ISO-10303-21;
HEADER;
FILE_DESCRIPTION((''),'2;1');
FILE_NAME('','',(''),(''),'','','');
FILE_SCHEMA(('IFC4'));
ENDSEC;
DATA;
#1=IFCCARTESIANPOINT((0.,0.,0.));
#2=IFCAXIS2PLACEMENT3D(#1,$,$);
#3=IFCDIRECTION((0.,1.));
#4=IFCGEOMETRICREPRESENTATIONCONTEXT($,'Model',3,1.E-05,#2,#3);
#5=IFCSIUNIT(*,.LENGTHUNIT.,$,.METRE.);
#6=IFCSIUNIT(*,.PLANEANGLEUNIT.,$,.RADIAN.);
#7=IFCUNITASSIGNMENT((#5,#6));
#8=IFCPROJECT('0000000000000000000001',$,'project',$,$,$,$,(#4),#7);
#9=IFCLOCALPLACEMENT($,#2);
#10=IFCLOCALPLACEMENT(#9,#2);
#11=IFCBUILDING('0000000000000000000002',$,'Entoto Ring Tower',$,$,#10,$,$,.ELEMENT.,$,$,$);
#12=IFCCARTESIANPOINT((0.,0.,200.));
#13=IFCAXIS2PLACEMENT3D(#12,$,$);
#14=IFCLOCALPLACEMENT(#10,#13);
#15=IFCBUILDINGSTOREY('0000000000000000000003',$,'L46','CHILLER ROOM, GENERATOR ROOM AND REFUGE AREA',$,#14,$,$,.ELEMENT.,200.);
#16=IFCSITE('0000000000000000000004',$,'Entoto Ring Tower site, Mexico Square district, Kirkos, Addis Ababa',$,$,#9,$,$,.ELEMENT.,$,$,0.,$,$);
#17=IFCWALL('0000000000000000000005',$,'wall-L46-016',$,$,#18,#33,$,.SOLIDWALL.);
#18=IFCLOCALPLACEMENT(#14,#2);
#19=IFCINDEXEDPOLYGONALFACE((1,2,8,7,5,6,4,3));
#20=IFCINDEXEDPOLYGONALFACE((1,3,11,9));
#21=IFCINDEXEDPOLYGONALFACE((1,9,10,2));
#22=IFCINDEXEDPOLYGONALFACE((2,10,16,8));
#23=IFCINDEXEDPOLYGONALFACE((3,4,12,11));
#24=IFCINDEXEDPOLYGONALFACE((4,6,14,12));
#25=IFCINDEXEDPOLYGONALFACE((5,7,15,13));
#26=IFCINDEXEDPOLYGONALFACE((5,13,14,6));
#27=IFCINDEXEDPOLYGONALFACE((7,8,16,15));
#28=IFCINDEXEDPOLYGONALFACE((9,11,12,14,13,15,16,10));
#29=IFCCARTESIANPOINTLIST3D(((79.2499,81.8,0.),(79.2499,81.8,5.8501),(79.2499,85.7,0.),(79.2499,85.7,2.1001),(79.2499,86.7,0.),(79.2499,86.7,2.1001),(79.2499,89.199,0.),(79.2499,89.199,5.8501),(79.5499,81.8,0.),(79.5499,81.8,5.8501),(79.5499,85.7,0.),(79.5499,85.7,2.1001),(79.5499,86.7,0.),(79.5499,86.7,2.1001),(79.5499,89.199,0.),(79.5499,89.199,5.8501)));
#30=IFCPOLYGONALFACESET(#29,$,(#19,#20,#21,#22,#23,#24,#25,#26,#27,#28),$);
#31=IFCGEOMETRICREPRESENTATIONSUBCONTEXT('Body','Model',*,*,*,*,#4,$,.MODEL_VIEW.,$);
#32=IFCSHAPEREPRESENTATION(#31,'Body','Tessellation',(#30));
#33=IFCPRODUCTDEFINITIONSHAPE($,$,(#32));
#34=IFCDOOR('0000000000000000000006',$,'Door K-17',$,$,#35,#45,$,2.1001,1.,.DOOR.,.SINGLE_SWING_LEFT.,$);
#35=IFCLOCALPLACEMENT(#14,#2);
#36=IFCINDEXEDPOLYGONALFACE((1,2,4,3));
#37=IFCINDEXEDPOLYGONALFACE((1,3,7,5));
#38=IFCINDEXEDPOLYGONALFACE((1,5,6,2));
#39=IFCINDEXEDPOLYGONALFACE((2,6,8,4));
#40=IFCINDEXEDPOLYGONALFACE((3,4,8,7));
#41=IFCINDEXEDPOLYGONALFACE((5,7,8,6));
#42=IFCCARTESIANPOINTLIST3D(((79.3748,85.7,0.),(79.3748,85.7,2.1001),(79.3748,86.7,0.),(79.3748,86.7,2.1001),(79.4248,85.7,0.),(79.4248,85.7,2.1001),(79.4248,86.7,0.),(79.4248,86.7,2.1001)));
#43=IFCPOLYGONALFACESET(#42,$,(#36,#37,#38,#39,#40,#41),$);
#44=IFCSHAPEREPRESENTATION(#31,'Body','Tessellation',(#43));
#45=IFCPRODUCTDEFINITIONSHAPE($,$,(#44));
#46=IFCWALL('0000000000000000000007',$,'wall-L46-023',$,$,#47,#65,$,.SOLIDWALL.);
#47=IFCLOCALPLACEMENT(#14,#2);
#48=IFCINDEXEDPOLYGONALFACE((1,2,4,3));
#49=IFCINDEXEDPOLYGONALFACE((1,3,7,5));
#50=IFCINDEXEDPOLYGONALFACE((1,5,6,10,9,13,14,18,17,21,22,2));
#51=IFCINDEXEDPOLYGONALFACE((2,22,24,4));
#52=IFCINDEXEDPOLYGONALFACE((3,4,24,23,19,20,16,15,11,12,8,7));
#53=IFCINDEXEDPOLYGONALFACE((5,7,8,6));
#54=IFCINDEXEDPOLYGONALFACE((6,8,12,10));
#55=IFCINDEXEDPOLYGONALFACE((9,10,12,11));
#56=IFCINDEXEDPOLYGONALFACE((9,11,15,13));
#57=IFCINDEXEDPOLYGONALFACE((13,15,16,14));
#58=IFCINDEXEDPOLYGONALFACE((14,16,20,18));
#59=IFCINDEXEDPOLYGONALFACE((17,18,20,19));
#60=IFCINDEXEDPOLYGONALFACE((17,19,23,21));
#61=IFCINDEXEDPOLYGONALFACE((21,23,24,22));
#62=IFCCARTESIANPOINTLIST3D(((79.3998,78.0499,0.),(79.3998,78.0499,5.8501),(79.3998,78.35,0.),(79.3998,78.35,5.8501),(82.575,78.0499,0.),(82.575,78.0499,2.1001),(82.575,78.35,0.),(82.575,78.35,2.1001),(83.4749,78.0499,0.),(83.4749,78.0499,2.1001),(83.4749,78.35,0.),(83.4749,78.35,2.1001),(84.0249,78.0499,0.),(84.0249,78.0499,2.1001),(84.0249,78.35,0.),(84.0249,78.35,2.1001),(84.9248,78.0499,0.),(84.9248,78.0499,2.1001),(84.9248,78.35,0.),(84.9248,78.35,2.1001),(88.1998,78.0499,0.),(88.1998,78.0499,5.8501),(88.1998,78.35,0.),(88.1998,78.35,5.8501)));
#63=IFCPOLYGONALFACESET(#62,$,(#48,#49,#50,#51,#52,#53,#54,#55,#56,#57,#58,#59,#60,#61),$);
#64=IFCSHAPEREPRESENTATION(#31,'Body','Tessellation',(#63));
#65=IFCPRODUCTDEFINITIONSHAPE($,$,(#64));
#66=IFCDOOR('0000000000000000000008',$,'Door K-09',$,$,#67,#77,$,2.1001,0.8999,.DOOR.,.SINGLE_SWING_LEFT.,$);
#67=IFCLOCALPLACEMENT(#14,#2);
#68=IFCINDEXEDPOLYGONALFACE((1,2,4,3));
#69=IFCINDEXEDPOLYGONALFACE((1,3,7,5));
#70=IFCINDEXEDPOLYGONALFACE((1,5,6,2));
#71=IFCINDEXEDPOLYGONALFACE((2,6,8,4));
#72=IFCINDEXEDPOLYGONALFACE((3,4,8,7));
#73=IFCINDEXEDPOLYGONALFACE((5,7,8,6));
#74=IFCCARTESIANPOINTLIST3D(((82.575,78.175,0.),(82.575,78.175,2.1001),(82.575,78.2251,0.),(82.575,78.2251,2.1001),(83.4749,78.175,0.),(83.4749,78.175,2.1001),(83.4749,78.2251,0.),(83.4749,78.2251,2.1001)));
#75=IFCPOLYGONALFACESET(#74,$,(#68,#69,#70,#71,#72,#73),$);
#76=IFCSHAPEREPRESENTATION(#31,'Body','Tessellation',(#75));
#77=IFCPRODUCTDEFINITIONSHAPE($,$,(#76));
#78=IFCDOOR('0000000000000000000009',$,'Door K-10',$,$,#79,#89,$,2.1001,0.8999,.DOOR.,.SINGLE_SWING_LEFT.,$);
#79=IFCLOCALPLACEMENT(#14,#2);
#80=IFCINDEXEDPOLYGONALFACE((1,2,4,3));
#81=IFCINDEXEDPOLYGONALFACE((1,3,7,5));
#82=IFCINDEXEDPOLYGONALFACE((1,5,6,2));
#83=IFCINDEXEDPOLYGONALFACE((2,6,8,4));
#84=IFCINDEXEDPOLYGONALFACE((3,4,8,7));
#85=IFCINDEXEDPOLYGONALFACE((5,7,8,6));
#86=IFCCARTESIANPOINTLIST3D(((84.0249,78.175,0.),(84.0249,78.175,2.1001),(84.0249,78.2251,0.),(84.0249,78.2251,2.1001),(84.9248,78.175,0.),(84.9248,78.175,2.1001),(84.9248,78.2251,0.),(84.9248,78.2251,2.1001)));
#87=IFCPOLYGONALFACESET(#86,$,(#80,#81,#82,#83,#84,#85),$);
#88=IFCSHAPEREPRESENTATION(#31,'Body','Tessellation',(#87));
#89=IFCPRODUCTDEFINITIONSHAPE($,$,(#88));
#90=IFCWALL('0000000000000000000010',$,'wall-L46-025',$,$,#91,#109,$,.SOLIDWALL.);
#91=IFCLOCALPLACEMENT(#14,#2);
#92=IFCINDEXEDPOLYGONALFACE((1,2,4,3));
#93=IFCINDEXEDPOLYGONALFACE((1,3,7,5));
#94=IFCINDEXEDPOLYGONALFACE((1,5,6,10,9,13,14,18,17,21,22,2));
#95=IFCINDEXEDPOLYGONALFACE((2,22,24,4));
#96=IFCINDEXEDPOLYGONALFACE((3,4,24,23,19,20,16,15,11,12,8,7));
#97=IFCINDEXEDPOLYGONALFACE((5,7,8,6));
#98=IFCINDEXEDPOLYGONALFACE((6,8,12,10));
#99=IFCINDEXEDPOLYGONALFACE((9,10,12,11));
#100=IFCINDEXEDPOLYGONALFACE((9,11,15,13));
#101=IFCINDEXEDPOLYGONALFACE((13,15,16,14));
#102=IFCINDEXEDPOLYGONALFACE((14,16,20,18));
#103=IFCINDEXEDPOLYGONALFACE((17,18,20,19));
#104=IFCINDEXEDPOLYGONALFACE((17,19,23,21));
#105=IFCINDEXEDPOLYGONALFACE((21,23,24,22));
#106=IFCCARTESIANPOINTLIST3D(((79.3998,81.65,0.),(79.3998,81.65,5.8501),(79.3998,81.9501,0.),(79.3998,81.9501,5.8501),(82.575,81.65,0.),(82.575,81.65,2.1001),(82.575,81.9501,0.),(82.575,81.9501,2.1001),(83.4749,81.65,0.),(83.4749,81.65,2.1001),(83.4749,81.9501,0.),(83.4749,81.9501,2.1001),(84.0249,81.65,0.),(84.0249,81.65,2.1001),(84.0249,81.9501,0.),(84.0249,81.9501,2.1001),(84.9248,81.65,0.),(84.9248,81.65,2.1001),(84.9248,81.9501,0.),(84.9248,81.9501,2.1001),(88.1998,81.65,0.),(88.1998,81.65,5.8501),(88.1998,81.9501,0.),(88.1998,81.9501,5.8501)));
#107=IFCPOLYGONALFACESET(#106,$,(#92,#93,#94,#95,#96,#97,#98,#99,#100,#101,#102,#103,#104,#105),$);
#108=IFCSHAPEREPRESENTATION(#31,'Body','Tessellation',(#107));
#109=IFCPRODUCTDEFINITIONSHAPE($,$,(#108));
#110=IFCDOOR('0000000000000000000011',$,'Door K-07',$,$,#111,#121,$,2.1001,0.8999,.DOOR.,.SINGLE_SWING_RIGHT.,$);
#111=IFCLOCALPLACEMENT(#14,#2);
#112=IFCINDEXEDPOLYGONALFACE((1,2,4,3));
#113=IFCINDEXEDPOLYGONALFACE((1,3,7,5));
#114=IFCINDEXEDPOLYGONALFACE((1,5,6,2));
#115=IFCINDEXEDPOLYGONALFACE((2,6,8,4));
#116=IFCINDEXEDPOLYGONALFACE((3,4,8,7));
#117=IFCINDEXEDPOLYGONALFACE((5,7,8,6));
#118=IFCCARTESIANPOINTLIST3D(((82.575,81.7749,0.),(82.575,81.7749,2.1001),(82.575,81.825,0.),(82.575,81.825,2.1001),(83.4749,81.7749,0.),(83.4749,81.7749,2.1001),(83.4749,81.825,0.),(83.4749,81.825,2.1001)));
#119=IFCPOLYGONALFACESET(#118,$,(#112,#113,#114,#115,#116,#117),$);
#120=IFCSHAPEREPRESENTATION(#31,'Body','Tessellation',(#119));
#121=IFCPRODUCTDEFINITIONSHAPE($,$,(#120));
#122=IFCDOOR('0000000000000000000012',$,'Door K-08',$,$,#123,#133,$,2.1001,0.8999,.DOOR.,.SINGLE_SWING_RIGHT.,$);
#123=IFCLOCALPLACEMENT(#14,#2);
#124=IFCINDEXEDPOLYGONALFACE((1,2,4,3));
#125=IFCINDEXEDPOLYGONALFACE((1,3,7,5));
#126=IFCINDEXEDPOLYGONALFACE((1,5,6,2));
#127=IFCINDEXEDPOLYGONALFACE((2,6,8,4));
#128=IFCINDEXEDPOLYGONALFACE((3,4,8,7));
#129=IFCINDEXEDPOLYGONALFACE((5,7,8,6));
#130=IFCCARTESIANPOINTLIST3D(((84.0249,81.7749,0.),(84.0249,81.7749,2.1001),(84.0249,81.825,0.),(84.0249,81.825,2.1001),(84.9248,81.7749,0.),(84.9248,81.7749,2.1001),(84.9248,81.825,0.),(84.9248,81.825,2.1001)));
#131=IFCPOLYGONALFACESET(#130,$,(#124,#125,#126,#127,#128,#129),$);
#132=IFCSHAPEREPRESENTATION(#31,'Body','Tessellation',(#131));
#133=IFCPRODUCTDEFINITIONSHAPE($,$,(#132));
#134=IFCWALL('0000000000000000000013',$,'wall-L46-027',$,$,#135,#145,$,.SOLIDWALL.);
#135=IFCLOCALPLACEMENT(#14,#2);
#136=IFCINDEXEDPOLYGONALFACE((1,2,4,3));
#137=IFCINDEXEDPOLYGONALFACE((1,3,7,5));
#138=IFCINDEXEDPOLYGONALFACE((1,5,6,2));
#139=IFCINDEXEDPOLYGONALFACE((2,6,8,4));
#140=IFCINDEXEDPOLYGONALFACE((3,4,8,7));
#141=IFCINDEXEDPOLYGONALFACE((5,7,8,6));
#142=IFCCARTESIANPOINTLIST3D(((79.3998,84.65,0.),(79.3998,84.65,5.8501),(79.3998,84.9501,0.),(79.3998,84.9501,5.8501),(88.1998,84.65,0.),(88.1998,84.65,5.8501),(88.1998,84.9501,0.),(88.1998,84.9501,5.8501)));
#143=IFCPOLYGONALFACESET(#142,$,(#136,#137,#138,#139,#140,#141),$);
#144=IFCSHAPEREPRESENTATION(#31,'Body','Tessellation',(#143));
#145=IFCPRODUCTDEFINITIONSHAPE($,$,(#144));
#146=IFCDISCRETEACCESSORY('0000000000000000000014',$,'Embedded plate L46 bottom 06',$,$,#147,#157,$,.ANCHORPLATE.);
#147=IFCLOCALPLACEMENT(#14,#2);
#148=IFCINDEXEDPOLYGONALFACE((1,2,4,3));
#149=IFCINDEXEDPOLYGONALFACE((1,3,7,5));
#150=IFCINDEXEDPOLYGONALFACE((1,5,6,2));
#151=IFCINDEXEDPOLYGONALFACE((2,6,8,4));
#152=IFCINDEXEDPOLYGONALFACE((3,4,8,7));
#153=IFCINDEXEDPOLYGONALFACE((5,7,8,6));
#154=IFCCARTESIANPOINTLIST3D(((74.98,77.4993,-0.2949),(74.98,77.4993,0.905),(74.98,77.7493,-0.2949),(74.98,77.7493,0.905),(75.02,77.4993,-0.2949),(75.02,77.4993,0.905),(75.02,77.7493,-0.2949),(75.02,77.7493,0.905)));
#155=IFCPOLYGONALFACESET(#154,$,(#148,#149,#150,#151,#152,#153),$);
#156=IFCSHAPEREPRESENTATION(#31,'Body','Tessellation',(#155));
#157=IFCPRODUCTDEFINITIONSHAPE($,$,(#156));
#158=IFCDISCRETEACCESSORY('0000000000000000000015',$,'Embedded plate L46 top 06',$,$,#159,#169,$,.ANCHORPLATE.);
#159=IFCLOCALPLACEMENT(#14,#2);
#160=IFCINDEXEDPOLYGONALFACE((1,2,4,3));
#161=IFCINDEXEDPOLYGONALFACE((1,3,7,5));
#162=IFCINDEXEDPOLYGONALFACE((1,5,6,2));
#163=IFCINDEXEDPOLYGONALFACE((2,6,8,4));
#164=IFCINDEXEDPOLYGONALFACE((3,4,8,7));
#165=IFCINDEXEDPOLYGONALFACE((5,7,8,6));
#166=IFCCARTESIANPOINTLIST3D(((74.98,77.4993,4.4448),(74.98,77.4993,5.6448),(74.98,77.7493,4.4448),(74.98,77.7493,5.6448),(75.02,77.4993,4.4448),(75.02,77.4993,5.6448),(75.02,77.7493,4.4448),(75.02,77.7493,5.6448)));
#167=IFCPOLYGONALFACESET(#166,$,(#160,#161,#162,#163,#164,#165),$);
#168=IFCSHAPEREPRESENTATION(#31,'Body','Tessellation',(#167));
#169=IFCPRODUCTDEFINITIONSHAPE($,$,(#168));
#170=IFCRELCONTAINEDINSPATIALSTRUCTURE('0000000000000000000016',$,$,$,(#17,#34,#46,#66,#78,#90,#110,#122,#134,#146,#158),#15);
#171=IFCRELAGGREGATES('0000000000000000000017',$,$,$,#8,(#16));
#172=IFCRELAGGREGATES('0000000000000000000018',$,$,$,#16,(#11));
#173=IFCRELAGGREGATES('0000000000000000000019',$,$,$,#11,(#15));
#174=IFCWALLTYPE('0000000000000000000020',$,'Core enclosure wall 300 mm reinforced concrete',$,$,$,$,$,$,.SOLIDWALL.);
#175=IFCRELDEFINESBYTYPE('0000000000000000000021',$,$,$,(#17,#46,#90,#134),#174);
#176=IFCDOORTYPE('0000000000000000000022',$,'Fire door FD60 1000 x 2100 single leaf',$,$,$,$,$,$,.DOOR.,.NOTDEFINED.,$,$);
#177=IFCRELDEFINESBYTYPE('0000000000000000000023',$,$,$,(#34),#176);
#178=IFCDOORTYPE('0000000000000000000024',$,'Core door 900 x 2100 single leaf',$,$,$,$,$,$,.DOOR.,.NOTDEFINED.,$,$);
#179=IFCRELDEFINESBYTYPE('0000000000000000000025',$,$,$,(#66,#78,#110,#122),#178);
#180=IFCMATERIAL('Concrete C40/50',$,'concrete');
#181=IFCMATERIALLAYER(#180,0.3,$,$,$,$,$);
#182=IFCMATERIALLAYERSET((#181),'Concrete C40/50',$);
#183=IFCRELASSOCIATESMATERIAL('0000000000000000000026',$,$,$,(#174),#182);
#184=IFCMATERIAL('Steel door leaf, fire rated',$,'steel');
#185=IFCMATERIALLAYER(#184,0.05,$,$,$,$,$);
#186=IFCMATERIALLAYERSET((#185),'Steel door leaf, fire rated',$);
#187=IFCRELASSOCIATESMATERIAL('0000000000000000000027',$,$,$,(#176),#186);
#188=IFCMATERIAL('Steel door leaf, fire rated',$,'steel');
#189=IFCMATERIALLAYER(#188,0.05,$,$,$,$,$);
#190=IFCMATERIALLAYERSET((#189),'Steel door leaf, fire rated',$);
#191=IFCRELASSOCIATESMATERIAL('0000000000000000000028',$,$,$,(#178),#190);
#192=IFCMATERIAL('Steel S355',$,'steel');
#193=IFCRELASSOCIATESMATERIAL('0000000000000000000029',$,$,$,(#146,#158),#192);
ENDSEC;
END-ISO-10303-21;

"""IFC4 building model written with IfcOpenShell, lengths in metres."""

from ifc_helpers import new_model, si_unit, direction, frame, frame_2d, origin, origin_2d, place, context, subcontext, project, spatial, rectangle, extrude, material, layer, layer_set, type_object, element, fill, save


model = new_model("IFC4")

# Units and contexts
model_context = context("Model", 3, precision=1e-05, world=origin(), true_north=direction((0.0, 1.0)))
body_context = subcontext(model_context, "Body", "Model", "MODEL_VIEW")
ifc_project = project(units=[si_unit("LENGTHUNIT", "METRE"), si_unit("PLANEANGLEUNIT", "RADIAN")], contexts=[model_context])

# Site, building, storey
site_placement = place(None, origin())
site = spatial("IfcSite", under=ifc_project, at=site_placement, Name="Entoto Ring Tower site, Mexico Square district, Kirkos, Addis Ababa", CompositionType="ELEMENT", RefElevation=0.0)
building_placement = place(site_placement, origin())
building = spatial("IfcBuilding", under=site, at=building_placement, Name="Entoto Ring Tower", CompositionType="ELEMENT")
storey_placement = place(building_placement, frame((0.0, 0.0, 200.0)))
storey = spatial("IfcBuildingStorey", under=building, at=storey_placement, Name="L46", Description="CHILLER ROOM, GENERATOR ROOM AND REFUGE AREA", CompositionType="ELEMENT", Elevation=200.0)

# Shared definitions
ifc_material_1 = material(Name="Concrete C40/50", Category="concrete")
ifc_layer_1 = layer(ifc_material_1, 0.3)
ifc_layer_set_1 = layer_set([ifc_layer_1], Name="Concrete C40/50")
wall_type = type_object("IfcWallType", Name="Core enclosure wall 300 mm reinforced concrete", PredefinedType="SOLIDWALL", material=ifc_layer_set_1)

# Wall, opening, door
wall_1_placement = place(storey_placement, frame((79.3999, 81.8, 0.0), z_axis=(0.0, 0.0, 1.0), x_axis=(0.0, 1.0, 0.0)))
wall_1 = element("IfcWall", 1, at=wall_1_placement, inside=storey, type_object=wall_type, Name="wall-L46-016", PredefinedType="SOLIDWALL", context=body_context, shape_type="SweptSolid", body=[
    extrude(rectangle(XDim=7.3989, YDim=0.3, at=frame_2d((3.6995, 0.0))), origin(), (0.0, 0.0, 1.0), 5.8501),
])
opening_1_placement = place(wall_1_placement, frame((3.8999, 0.0, 0.0)))
opening_1 = element("IfcOpeningElement", 2, at=opening_1_placement, cuts=wall_1, PredefinedType="OPENING", context=body_context, shape_type="SweptSolid", body=[
    extrude(rectangle(XDim=1.0, YDim=2.1001, at=frame_2d((0.5, 1.05))), frame((0.0, 0.1602, 0.0), z_axis=(0.0, -1.0, 0.0), x_axis=(1.0, 0.0, 0.0)), (0.0, 0.0, 1.0), 0.3201),
])
ifc_material_2 = material(Name="Steel door leaf, fire rated", Category="steel")
ifc_layer_2 = layer(ifc_material_2, 0.05)
ifc_layer_set_2 = layer_set([ifc_layer_2], Name="Steel door leaf, fire rated")
door_type_1 = type_object("IfcDoorType", Name="Fire door FD60 1000 x 2100 single leaf", OperationType="NOTDEFINED", PredefinedType="DOOR", material=ifc_layer_set_2)
door_1_placement = place(opening_1_placement, frame((1.0, 0.0, 0.0), z_axis=(0.0, 0.0, 1.0), x_axis=(-1.0, 0.0, 0.0)))
door_1 = element("IfcDoor", 3, at=door_1_placement, inside=storey, type_object=door_type_1, Name="Door K-17", OperationType="SINGLE_SWING_LEFT", OverallHeight=2.1001, OverallWidth=1.0, PredefinedType="DOOR", context=body_context, shape_type="SweptSolid", body=[
    extrude(rectangle(XDim=1.0, YDim=2.1001, at=frame_2d((0.5, 1.05))), frame((0.0, 0.0249, 0.0), z_axis=(0.0, -1.0, 0.0), x_axis=(1.0, 0.0, 0.0)), (0.0, 0.0, 1.0), 0.05),
])
fill(opening_1, door_1)

# Walls, openings, doors
wall_2_placement = place(storey_placement, frame((79.3999, 78.2, 0.0), z_axis=(0.0, 0.0, 1.0), x_axis=(1.0, 0.0, 0.0)))
wall_2 = element("IfcWall", 4, at=wall_2_placement, inside=storey, type_object=wall_type, Name="wall-L46-023", PredefinedType="SOLIDWALL", context=body_context, shape_type="SweptSolid", body=[
    extrude(rectangle(XDim=8.8, YDim=0.3, at=frame_2d((4.3999, 0.0))), origin(), (0.0, 0.0, 1.0), 5.8501),
])
opening_2_placement = place(wall_2_placement, frame((3.175, 0.0, 0.0)))
opening_2 = element("IfcOpeningElement", 5, at=opening_2_placement, cuts=wall_2, PredefinedType="OPENING", context=body_context, shape_type="SweptSolid", body=[
    extrude(rectangle(XDim=0.8999, YDim=2.1001, at=frame_2d((0.45, 1.05))), frame((0.0, 0.1602, 0.0), z_axis=(0.0, -1.0, 0.0), x_axis=(1.0, 0.0, 0.0)), (0.0, 0.0, 1.0), 0.3201),
])
opening_3_placement = place(wall_2_placement, frame((4.625, 0.0, 0.0)))
opening_3 = element("IfcOpeningElement", 6, at=opening_3_placement, cuts=wall_2, PredefinedType="OPENING", context=body_context, shape_type="SweptSolid", body=[
    extrude(rectangle(XDim=0.8999, YDim=2.1001, at=frame_2d((0.45, 1.05))), frame((0.0, 0.1602, 0.0), z_axis=(0.0, -1.0, 0.0), x_axis=(1.0, 0.0, 0.0)), (0.0, 0.0, 1.0), 0.3201),
])
ifc_material_3 = material(Name="Steel door leaf, fire rated", Category="steel")
ifc_layer_3 = layer(ifc_material_3, 0.05)
ifc_layer_set_3 = layer_set([ifc_layer_3], Name="Steel door leaf, fire rated")
door_type_2 = type_object("IfcDoorType", Name="Core door 900 x 2100 single leaf", OperationType="NOTDEFINED", PredefinedType="DOOR", material=ifc_layer_set_3)
door_2_placement = place(opening_2_placement, frame((0.8999, 0.0, 0.0), z_axis=(0.0, 0.0, 1.0), x_axis=(-1.0, 0.0, 0.0)))
door_2 = element("IfcDoor", 7, at=door_2_placement, inside=storey, type_object=door_type_2, Name="Door K-09", OperationType="SINGLE_SWING_LEFT", OverallHeight=2.1001, OverallWidth=0.8999, PredefinedType="DOOR", context=body_context, shape_type="SweptSolid", body=[
    extrude(rectangle(XDim=0.8999, YDim=2.1001, at=frame_2d((0.45, 1.05))), frame((0.0, 0.0249, 0.0), z_axis=(0.0, -1.0, 0.0), x_axis=(1.0, 0.0, 0.0)), (0.0, 0.0, 1.0), 0.05),
])
fill(opening_2, door_2)
door_3_placement = place(opening_3_placement, frame((0.8999, 0.0, 0.0), z_axis=(0.0, 0.0, 1.0), x_axis=(-1.0, 0.0, 0.0)))
door_3 = element("IfcDoor", 8, at=door_3_placement, inside=storey, type_object=door_type_2, Name="Door K-10", OperationType="SINGLE_SWING_LEFT", OverallHeight=2.1001, OverallWidth=0.8999, PredefinedType="DOOR", context=body_context, shape_type="SweptSolid", body=[
    extrude(rectangle(XDim=0.8999, YDim=2.1001, at=frame_2d((0.45, 1.05))), frame((0.0, 0.0249, 0.0), z_axis=(0.0, -1.0, 0.0), x_axis=(1.0, 0.0, 0.0)), (0.0, 0.0, 1.0), 0.05),
])
fill(opening_3, door_3)
wall_3_placement = place(storey_placement, frame((79.3999, 81.8, 0.0), z_axis=(0.0, 0.0, 1.0), x_axis=(1.0, 0.0, 0.0)))
wall_3 = element("IfcWall", 9, at=wall_3_placement, inside=storey, type_object=wall_type, Name="wall-L46-025", PredefinedType="SOLIDWALL", context=body_context, shape_type="SweptSolid", body=[
    extrude(rectangle(XDim=8.8, YDim=0.3, at=frame_2d((4.3999, 0.0))), origin(), (0.0, 0.0, 1.0), 5.8501),
])
opening_4_placement = place(wall_3_placement, frame((3.175, 0.0, 0.0)))
opening_4 = element("IfcOpeningElement", 10, at=opening_4_placement, cuts=wall_3, PredefinedType="OPENING", context=body_context, shape_type="SweptSolid", body=[
    extrude(rectangle(XDim=0.8999, YDim=2.1001, at=frame_2d((0.45, 1.05))), frame((0.0, 0.1602, 0.0), z_axis=(0.0, -1.0, 0.0), x_axis=(1.0, 0.0, 0.0)), (0.0, 0.0, 1.0), 0.3201),
])
opening_5_placement = place(wall_3_placement, frame((4.625, 0.0, 0.0)))
opening_5 = element("IfcOpeningElement", 11, at=opening_5_placement, cuts=wall_3, PredefinedType="OPENING", context=body_context, shape_type="SweptSolid", body=[
    extrude(rectangle(XDim=0.8999, YDim=2.1001, at=frame_2d((0.45, 1.05))), frame((0.0, 0.1602, 0.0), z_axis=(0.0, -1.0, 0.0), x_axis=(1.0, 0.0, 0.0)), (0.0, 0.0, 1.0), 0.3201),
])
door_4_placement = place(opening_4_placement, origin())
door_4 = element("IfcDoor", 12, at=door_4_placement, inside=storey, type_object=door_type_2, Name="Door K-07", OperationType="SINGLE_SWING_RIGHT", OverallHeight=2.1001, OverallWidth=0.8999, PredefinedType="DOOR", context=body_context, shape_type="SweptSolid", body=[
    extrude(rectangle(XDim=0.8999, YDim=2.1001, at=frame_2d((0.45, 1.05))), frame((0.0, 0.0249, 0.0), z_axis=(0.0, -1.0, 0.0), x_axis=(1.0, 0.0, 0.0)), (0.0, 0.0, 1.0), 0.05),
])
fill(opening_4, door_4)
door_5_placement = place(opening_5_placement, origin())
door_5 = element("IfcDoor", 13, at=door_5_placement, inside=storey, type_object=door_type_2, Name="Door K-08", OperationType="SINGLE_SWING_RIGHT", OverallHeight=2.1001, OverallWidth=0.8999, PredefinedType="DOOR", context=body_context, shape_type="SweptSolid", body=[
    extrude(rectangle(XDim=0.8999, YDim=2.1001, at=frame_2d((0.45, 1.05))), frame((0.0, 0.0249, 0.0), z_axis=(0.0, -1.0, 0.0), x_axis=(1.0, 0.0, 0.0)), (0.0, 0.0, 1.0), 0.05),
])
fill(opening_5, door_5)

# Wall
wall_4_placement = place(storey_placement, frame((79.3999, 84.8, 0.0), z_axis=(0.0, 0.0, 1.0), x_axis=(1.0, 0.0, 0.0)))
element("IfcWall", 14, at=wall_4_placement, inside=storey, type_object=wall_type, Name="wall-L46-027", PredefinedType="SOLIDWALL", context=body_context, shape_type="SweptSolid", body=[
    extrude(rectangle(XDim=8.8, YDim=0.3, at=frame_2d((4.3999, 0.0))), origin(), (0.0, 0.0, 1.0), 5.8501),
])

# Discrete accessories
ifc_material_4 = material(Name="Steel S355", Category="steel")
for number, where, z_axis, x_axis, name in (
    (15, (75.0, 77.6243, -0.2949), (0.0, 0.0, 1.0), (-1.0, 0.0, 0.0), "Embedded plate L46 bottom 06"),
    (16, (75.0, 77.6243, 4.4448), (0.0, 0.0, 1.0), (-1.0, 0.0, 0.0), "Embedded plate L46 top 06"),
):
    element("IfcDiscreteAccessory", number, at=place(storey_placement, frame(where, z_axis=z_axis, x_axis=x_axis)), inside=storey, material=ifc_material_4, Name=name, PredefinedType="ANCHORPLATE", context=body_context, shape_type="SweptSolid", body=[
        extrude(rectangle(XDim=0.04, YDim=0.25, at=origin_2d()), origin(), (0.0, 0.0, 1.0), 1.2),
    ])

save(model, "model.ifc")
